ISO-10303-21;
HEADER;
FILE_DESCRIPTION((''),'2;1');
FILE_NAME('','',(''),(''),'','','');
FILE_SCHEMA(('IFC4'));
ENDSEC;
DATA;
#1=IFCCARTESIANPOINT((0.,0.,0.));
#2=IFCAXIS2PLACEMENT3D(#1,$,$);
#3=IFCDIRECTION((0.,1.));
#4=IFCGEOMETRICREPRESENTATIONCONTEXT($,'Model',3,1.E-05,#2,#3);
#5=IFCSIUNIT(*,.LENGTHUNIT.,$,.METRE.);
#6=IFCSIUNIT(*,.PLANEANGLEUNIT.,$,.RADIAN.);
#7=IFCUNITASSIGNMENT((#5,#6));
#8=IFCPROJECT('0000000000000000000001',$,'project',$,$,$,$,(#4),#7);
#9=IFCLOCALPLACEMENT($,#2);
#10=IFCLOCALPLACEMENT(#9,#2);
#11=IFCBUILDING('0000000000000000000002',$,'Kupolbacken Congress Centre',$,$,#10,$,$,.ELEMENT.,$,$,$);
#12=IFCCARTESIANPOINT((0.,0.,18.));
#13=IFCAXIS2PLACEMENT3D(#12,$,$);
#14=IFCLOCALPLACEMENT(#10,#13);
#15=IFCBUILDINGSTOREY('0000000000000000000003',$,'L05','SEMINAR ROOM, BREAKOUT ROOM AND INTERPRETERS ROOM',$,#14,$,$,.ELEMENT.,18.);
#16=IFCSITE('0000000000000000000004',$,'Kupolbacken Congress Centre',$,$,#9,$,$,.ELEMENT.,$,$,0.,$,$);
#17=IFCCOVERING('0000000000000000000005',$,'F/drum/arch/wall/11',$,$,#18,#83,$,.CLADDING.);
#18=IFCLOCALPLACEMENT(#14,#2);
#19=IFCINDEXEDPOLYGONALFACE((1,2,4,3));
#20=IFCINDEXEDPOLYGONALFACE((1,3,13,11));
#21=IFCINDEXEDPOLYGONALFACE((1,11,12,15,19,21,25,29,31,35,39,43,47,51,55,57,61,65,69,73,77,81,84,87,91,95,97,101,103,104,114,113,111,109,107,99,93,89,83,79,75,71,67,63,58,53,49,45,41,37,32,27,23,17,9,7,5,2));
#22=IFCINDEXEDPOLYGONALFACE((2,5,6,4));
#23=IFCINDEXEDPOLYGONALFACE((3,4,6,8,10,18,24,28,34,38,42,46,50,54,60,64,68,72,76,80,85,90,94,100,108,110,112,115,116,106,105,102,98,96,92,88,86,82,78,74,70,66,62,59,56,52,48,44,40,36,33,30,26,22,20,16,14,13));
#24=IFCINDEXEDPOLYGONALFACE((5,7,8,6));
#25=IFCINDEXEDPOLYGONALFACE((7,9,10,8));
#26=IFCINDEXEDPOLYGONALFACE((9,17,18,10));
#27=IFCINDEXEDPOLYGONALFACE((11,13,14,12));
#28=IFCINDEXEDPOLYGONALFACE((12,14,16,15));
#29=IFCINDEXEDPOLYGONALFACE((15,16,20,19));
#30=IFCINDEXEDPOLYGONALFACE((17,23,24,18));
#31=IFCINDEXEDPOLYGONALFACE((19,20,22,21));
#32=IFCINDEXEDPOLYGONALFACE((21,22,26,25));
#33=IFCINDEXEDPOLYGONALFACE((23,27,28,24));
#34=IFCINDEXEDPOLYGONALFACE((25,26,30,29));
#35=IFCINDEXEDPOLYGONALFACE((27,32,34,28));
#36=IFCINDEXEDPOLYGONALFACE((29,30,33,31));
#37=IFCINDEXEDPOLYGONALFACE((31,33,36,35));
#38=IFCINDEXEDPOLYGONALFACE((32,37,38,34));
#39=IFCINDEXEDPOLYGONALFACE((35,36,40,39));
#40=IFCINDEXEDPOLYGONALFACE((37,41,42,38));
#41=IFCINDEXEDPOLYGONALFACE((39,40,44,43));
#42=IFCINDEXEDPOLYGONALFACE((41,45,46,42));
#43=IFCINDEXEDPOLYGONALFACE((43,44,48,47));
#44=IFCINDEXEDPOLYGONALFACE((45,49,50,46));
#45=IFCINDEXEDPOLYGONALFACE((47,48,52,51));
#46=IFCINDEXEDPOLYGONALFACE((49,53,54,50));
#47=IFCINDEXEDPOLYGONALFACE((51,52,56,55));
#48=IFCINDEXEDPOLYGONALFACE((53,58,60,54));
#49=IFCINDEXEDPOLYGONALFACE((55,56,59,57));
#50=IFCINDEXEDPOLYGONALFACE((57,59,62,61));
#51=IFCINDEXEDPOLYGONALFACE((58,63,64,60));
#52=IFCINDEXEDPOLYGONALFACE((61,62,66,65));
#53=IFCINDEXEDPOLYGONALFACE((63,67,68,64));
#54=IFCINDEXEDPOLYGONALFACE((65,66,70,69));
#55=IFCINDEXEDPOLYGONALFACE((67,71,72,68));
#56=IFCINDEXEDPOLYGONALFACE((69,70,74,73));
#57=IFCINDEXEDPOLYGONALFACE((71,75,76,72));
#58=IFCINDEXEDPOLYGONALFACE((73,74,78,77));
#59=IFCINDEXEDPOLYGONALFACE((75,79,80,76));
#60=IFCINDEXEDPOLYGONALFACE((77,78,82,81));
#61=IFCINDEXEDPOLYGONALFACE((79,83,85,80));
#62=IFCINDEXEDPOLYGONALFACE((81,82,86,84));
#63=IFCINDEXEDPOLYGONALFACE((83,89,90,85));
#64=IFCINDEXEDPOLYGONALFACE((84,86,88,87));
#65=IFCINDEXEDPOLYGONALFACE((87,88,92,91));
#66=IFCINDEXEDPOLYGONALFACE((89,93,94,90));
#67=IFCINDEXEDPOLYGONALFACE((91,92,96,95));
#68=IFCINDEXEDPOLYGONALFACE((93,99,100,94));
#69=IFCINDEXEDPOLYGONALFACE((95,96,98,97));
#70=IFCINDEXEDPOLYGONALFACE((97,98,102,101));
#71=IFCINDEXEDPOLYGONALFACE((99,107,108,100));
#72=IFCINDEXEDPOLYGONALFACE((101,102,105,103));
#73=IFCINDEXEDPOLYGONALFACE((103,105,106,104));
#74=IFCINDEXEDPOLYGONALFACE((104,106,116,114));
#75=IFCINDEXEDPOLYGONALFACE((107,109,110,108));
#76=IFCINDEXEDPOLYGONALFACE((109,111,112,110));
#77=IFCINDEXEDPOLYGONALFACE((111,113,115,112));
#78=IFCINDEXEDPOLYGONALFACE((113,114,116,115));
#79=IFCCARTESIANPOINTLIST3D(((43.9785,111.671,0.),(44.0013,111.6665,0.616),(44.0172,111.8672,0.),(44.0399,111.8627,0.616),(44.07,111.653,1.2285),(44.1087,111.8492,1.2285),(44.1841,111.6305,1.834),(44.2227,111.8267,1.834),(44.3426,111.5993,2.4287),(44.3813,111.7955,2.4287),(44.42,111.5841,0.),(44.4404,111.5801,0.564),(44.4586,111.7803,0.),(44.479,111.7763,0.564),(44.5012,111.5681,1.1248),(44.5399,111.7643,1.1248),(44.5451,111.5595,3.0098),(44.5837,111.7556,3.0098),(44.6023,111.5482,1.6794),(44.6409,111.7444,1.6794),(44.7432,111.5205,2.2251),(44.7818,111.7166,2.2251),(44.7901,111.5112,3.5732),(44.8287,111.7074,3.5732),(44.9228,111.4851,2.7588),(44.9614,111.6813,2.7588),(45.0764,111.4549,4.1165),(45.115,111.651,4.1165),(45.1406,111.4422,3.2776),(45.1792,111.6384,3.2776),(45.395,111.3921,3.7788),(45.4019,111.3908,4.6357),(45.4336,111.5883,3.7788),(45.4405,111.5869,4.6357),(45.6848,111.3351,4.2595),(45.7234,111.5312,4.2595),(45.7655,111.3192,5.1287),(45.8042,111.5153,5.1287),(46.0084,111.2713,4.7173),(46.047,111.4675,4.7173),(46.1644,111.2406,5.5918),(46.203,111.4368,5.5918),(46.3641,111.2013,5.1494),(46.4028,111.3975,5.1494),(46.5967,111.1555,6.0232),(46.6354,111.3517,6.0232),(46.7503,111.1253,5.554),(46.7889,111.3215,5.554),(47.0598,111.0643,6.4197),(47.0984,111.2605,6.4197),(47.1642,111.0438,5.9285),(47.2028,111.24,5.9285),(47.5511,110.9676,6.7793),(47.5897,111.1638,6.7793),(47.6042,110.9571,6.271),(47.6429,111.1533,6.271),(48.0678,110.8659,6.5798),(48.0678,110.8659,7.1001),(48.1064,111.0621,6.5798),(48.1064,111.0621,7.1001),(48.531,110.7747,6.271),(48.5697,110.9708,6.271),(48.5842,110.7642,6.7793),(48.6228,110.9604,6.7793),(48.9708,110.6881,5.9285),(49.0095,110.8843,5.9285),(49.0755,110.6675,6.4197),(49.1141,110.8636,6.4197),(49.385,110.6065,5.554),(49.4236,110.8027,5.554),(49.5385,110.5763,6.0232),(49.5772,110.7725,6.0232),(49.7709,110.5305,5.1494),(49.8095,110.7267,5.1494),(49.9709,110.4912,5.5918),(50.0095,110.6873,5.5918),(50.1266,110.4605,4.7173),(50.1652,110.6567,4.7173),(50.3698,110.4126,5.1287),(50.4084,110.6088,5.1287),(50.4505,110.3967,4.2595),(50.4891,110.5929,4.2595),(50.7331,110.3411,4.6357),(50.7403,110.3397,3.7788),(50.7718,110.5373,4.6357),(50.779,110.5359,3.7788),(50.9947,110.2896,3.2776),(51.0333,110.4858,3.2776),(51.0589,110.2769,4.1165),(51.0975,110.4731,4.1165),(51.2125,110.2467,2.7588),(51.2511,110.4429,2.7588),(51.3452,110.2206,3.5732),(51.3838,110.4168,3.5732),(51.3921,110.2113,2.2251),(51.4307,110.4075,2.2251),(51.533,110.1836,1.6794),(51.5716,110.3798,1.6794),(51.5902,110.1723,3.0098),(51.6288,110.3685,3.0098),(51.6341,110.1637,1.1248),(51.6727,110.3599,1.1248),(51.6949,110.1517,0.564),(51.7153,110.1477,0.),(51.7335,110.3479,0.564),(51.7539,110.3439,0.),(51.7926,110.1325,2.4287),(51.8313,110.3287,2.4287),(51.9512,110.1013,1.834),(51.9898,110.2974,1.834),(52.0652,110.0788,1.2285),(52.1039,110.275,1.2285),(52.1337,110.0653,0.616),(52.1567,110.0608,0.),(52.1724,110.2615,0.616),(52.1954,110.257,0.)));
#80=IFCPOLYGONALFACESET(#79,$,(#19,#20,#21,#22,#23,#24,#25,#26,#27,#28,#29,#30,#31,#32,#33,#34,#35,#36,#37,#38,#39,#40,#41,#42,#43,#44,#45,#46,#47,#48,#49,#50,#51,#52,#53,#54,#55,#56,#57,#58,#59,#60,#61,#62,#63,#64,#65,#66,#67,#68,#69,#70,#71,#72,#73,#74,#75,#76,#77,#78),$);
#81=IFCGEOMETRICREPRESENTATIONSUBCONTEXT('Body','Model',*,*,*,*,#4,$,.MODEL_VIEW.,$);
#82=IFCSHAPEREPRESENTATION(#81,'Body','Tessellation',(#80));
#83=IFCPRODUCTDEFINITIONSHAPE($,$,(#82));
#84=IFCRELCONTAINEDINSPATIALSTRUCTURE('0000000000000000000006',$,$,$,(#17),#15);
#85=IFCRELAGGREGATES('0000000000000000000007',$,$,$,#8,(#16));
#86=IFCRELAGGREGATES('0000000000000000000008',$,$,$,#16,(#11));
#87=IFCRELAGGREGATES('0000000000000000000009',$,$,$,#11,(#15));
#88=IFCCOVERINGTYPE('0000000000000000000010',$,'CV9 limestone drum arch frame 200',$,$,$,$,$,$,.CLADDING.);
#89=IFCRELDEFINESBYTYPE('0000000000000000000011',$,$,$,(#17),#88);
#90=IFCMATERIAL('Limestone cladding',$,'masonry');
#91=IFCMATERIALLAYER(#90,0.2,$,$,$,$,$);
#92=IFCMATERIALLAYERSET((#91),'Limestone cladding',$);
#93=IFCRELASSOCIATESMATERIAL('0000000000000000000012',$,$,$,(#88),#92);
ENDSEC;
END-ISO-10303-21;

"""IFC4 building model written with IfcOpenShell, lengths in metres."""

from ifc_helpers import new_model, si_unit, direction, frame, origin, place, context, subcontext, project, spatial, polyline, outline, extrude, material, layer, layer_set, type_object, element, save


model = new_model("IFC4")

# Units and contexts
model_context = context("Model", 3, precision=1e-05, world=origin(), true_north=direction((0.0, 1.0)))
body_context = subcontext(model_context, "Body", "Model", "MODEL_VIEW")
ifc_project = project(units=[si_unit("LENGTHUNIT", "METRE"), si_unit("PLANEANGLEUNIT", "RADIAN")], contexts=[model_context])

# Site, building, storey
site_placement = place(None, origin())
site = spatial("IfcSite", under=ifc_project, at=site_placement, Name="Kupolbacken Congress Centre", CompositionType="ELEMENT", RefElevation=0.0)
building_placement = place(site_placement, origin())
building = spatial("IfcBuilding", under=site, at=building_placement, Name="Kupolbacken Congress Centre", CompositionType="ELEMENT")
storey_placement = place(building_placement, frame((0.0, 0.0, 18.0)))
storey = spatial("IfcBuildingStorey", under=building, at=storey_placement, Name="L05", Description="SEMINAR ROOM, BREAKOUT ROOM AND INTERPRETERS ROOM", CompositionType="ELEMENT", Elevation=18.0)

# Covering
ifc_material_1 = material(Name="Limestone cladding", Category="masonry")
ifc_layer_1 = layer(ifc_material_1, 0.2)
ifc_layer_set_1 = layer_set([ifc_layer_1], Name="Limestone cladding")
covering_type = type_object("IfcCoveringType", Name="CV9 limestone drum arch frame 200", PredefinedType="CLADDING", material=ifc_layer_set_1)
covering_1_placement = place(storey_placement, frame((52.1567, 110.0608, 0.0), z_axis=(0.193182, 0.981163, 0.0), x_axis=(-0.981163, 0.193182, 0.0)))
element("IfcCovering", 1, at=covering_1_placement, inside=storey, type_object=covering_type, Name="F/drum/arch/wall/11", PredefinedType="CLADDING", context=body_context, shape_type="SweptSolid", body=[
    extrude(outline(polyline([(0.0, 0.0), (0.0234, 0.616), (0.0933, 1.2285), (0.2095, 1.834), (0.3711, 2.4287), (0.5774, 3.0098), (0.8271, 3.5732), (1.1189, 4.1165), (1.4509, 4.6357), (1.8213, 5.1287), (2.2278, 5.5918), (2.6685, 6.0232), (3.1404, 6.4197), (3.6411, 6.7793), (4.1675, 7.1001), (4.6941, 6.7793), (5.1948, 6.4197), (5.6667, 6.0232), (6.1074, 5.5918), (6.5139, 5.1287), (6.8845, 4.6357), (7.2163, 4.1165), (7.5081, 3.5732), (7.7578, 3.0098), (7.9641, 2.4287), (8.1257, 1.834), (8.2419, 1.2285), (8.312, 0.616), (8.3352, 0.0), (7.8853, 0.0), (7.8645, 0.564), (7.8025, 1.1248), (7.6995, 1.6794), (7.5559, 2.2251), (7.3728, 2.7588), (7.1509, 3.2776), (6.8916, 3.7788), (6.5962, 4.2595), (6.2664, 4.7173), (5.9038, 5.1494), (5.5103, 5.554), (5.0884, 5.9285), (4.6399, 6.271), (4.1675, 6.5798), (3.6953, 6.271), (3.2471, 5.9285), (2.825, 5.554), (2.4316, 5.1494), (2.0691, 4.7173), (1.739, 4.2595), (1.4436, 3.7788), (1.1843, 3.2776), (0.9624, 2.7588), (0.7793, 2.2251), (0.6357, 1.6794), (0.5327, 1.1248), (0.4707, 0.564), (0.45, 0.0), (0.0, 0.0)])), origin(), (0.0, 0.0, 1.0), 0.2),
])

save(model, "model.ifc")
